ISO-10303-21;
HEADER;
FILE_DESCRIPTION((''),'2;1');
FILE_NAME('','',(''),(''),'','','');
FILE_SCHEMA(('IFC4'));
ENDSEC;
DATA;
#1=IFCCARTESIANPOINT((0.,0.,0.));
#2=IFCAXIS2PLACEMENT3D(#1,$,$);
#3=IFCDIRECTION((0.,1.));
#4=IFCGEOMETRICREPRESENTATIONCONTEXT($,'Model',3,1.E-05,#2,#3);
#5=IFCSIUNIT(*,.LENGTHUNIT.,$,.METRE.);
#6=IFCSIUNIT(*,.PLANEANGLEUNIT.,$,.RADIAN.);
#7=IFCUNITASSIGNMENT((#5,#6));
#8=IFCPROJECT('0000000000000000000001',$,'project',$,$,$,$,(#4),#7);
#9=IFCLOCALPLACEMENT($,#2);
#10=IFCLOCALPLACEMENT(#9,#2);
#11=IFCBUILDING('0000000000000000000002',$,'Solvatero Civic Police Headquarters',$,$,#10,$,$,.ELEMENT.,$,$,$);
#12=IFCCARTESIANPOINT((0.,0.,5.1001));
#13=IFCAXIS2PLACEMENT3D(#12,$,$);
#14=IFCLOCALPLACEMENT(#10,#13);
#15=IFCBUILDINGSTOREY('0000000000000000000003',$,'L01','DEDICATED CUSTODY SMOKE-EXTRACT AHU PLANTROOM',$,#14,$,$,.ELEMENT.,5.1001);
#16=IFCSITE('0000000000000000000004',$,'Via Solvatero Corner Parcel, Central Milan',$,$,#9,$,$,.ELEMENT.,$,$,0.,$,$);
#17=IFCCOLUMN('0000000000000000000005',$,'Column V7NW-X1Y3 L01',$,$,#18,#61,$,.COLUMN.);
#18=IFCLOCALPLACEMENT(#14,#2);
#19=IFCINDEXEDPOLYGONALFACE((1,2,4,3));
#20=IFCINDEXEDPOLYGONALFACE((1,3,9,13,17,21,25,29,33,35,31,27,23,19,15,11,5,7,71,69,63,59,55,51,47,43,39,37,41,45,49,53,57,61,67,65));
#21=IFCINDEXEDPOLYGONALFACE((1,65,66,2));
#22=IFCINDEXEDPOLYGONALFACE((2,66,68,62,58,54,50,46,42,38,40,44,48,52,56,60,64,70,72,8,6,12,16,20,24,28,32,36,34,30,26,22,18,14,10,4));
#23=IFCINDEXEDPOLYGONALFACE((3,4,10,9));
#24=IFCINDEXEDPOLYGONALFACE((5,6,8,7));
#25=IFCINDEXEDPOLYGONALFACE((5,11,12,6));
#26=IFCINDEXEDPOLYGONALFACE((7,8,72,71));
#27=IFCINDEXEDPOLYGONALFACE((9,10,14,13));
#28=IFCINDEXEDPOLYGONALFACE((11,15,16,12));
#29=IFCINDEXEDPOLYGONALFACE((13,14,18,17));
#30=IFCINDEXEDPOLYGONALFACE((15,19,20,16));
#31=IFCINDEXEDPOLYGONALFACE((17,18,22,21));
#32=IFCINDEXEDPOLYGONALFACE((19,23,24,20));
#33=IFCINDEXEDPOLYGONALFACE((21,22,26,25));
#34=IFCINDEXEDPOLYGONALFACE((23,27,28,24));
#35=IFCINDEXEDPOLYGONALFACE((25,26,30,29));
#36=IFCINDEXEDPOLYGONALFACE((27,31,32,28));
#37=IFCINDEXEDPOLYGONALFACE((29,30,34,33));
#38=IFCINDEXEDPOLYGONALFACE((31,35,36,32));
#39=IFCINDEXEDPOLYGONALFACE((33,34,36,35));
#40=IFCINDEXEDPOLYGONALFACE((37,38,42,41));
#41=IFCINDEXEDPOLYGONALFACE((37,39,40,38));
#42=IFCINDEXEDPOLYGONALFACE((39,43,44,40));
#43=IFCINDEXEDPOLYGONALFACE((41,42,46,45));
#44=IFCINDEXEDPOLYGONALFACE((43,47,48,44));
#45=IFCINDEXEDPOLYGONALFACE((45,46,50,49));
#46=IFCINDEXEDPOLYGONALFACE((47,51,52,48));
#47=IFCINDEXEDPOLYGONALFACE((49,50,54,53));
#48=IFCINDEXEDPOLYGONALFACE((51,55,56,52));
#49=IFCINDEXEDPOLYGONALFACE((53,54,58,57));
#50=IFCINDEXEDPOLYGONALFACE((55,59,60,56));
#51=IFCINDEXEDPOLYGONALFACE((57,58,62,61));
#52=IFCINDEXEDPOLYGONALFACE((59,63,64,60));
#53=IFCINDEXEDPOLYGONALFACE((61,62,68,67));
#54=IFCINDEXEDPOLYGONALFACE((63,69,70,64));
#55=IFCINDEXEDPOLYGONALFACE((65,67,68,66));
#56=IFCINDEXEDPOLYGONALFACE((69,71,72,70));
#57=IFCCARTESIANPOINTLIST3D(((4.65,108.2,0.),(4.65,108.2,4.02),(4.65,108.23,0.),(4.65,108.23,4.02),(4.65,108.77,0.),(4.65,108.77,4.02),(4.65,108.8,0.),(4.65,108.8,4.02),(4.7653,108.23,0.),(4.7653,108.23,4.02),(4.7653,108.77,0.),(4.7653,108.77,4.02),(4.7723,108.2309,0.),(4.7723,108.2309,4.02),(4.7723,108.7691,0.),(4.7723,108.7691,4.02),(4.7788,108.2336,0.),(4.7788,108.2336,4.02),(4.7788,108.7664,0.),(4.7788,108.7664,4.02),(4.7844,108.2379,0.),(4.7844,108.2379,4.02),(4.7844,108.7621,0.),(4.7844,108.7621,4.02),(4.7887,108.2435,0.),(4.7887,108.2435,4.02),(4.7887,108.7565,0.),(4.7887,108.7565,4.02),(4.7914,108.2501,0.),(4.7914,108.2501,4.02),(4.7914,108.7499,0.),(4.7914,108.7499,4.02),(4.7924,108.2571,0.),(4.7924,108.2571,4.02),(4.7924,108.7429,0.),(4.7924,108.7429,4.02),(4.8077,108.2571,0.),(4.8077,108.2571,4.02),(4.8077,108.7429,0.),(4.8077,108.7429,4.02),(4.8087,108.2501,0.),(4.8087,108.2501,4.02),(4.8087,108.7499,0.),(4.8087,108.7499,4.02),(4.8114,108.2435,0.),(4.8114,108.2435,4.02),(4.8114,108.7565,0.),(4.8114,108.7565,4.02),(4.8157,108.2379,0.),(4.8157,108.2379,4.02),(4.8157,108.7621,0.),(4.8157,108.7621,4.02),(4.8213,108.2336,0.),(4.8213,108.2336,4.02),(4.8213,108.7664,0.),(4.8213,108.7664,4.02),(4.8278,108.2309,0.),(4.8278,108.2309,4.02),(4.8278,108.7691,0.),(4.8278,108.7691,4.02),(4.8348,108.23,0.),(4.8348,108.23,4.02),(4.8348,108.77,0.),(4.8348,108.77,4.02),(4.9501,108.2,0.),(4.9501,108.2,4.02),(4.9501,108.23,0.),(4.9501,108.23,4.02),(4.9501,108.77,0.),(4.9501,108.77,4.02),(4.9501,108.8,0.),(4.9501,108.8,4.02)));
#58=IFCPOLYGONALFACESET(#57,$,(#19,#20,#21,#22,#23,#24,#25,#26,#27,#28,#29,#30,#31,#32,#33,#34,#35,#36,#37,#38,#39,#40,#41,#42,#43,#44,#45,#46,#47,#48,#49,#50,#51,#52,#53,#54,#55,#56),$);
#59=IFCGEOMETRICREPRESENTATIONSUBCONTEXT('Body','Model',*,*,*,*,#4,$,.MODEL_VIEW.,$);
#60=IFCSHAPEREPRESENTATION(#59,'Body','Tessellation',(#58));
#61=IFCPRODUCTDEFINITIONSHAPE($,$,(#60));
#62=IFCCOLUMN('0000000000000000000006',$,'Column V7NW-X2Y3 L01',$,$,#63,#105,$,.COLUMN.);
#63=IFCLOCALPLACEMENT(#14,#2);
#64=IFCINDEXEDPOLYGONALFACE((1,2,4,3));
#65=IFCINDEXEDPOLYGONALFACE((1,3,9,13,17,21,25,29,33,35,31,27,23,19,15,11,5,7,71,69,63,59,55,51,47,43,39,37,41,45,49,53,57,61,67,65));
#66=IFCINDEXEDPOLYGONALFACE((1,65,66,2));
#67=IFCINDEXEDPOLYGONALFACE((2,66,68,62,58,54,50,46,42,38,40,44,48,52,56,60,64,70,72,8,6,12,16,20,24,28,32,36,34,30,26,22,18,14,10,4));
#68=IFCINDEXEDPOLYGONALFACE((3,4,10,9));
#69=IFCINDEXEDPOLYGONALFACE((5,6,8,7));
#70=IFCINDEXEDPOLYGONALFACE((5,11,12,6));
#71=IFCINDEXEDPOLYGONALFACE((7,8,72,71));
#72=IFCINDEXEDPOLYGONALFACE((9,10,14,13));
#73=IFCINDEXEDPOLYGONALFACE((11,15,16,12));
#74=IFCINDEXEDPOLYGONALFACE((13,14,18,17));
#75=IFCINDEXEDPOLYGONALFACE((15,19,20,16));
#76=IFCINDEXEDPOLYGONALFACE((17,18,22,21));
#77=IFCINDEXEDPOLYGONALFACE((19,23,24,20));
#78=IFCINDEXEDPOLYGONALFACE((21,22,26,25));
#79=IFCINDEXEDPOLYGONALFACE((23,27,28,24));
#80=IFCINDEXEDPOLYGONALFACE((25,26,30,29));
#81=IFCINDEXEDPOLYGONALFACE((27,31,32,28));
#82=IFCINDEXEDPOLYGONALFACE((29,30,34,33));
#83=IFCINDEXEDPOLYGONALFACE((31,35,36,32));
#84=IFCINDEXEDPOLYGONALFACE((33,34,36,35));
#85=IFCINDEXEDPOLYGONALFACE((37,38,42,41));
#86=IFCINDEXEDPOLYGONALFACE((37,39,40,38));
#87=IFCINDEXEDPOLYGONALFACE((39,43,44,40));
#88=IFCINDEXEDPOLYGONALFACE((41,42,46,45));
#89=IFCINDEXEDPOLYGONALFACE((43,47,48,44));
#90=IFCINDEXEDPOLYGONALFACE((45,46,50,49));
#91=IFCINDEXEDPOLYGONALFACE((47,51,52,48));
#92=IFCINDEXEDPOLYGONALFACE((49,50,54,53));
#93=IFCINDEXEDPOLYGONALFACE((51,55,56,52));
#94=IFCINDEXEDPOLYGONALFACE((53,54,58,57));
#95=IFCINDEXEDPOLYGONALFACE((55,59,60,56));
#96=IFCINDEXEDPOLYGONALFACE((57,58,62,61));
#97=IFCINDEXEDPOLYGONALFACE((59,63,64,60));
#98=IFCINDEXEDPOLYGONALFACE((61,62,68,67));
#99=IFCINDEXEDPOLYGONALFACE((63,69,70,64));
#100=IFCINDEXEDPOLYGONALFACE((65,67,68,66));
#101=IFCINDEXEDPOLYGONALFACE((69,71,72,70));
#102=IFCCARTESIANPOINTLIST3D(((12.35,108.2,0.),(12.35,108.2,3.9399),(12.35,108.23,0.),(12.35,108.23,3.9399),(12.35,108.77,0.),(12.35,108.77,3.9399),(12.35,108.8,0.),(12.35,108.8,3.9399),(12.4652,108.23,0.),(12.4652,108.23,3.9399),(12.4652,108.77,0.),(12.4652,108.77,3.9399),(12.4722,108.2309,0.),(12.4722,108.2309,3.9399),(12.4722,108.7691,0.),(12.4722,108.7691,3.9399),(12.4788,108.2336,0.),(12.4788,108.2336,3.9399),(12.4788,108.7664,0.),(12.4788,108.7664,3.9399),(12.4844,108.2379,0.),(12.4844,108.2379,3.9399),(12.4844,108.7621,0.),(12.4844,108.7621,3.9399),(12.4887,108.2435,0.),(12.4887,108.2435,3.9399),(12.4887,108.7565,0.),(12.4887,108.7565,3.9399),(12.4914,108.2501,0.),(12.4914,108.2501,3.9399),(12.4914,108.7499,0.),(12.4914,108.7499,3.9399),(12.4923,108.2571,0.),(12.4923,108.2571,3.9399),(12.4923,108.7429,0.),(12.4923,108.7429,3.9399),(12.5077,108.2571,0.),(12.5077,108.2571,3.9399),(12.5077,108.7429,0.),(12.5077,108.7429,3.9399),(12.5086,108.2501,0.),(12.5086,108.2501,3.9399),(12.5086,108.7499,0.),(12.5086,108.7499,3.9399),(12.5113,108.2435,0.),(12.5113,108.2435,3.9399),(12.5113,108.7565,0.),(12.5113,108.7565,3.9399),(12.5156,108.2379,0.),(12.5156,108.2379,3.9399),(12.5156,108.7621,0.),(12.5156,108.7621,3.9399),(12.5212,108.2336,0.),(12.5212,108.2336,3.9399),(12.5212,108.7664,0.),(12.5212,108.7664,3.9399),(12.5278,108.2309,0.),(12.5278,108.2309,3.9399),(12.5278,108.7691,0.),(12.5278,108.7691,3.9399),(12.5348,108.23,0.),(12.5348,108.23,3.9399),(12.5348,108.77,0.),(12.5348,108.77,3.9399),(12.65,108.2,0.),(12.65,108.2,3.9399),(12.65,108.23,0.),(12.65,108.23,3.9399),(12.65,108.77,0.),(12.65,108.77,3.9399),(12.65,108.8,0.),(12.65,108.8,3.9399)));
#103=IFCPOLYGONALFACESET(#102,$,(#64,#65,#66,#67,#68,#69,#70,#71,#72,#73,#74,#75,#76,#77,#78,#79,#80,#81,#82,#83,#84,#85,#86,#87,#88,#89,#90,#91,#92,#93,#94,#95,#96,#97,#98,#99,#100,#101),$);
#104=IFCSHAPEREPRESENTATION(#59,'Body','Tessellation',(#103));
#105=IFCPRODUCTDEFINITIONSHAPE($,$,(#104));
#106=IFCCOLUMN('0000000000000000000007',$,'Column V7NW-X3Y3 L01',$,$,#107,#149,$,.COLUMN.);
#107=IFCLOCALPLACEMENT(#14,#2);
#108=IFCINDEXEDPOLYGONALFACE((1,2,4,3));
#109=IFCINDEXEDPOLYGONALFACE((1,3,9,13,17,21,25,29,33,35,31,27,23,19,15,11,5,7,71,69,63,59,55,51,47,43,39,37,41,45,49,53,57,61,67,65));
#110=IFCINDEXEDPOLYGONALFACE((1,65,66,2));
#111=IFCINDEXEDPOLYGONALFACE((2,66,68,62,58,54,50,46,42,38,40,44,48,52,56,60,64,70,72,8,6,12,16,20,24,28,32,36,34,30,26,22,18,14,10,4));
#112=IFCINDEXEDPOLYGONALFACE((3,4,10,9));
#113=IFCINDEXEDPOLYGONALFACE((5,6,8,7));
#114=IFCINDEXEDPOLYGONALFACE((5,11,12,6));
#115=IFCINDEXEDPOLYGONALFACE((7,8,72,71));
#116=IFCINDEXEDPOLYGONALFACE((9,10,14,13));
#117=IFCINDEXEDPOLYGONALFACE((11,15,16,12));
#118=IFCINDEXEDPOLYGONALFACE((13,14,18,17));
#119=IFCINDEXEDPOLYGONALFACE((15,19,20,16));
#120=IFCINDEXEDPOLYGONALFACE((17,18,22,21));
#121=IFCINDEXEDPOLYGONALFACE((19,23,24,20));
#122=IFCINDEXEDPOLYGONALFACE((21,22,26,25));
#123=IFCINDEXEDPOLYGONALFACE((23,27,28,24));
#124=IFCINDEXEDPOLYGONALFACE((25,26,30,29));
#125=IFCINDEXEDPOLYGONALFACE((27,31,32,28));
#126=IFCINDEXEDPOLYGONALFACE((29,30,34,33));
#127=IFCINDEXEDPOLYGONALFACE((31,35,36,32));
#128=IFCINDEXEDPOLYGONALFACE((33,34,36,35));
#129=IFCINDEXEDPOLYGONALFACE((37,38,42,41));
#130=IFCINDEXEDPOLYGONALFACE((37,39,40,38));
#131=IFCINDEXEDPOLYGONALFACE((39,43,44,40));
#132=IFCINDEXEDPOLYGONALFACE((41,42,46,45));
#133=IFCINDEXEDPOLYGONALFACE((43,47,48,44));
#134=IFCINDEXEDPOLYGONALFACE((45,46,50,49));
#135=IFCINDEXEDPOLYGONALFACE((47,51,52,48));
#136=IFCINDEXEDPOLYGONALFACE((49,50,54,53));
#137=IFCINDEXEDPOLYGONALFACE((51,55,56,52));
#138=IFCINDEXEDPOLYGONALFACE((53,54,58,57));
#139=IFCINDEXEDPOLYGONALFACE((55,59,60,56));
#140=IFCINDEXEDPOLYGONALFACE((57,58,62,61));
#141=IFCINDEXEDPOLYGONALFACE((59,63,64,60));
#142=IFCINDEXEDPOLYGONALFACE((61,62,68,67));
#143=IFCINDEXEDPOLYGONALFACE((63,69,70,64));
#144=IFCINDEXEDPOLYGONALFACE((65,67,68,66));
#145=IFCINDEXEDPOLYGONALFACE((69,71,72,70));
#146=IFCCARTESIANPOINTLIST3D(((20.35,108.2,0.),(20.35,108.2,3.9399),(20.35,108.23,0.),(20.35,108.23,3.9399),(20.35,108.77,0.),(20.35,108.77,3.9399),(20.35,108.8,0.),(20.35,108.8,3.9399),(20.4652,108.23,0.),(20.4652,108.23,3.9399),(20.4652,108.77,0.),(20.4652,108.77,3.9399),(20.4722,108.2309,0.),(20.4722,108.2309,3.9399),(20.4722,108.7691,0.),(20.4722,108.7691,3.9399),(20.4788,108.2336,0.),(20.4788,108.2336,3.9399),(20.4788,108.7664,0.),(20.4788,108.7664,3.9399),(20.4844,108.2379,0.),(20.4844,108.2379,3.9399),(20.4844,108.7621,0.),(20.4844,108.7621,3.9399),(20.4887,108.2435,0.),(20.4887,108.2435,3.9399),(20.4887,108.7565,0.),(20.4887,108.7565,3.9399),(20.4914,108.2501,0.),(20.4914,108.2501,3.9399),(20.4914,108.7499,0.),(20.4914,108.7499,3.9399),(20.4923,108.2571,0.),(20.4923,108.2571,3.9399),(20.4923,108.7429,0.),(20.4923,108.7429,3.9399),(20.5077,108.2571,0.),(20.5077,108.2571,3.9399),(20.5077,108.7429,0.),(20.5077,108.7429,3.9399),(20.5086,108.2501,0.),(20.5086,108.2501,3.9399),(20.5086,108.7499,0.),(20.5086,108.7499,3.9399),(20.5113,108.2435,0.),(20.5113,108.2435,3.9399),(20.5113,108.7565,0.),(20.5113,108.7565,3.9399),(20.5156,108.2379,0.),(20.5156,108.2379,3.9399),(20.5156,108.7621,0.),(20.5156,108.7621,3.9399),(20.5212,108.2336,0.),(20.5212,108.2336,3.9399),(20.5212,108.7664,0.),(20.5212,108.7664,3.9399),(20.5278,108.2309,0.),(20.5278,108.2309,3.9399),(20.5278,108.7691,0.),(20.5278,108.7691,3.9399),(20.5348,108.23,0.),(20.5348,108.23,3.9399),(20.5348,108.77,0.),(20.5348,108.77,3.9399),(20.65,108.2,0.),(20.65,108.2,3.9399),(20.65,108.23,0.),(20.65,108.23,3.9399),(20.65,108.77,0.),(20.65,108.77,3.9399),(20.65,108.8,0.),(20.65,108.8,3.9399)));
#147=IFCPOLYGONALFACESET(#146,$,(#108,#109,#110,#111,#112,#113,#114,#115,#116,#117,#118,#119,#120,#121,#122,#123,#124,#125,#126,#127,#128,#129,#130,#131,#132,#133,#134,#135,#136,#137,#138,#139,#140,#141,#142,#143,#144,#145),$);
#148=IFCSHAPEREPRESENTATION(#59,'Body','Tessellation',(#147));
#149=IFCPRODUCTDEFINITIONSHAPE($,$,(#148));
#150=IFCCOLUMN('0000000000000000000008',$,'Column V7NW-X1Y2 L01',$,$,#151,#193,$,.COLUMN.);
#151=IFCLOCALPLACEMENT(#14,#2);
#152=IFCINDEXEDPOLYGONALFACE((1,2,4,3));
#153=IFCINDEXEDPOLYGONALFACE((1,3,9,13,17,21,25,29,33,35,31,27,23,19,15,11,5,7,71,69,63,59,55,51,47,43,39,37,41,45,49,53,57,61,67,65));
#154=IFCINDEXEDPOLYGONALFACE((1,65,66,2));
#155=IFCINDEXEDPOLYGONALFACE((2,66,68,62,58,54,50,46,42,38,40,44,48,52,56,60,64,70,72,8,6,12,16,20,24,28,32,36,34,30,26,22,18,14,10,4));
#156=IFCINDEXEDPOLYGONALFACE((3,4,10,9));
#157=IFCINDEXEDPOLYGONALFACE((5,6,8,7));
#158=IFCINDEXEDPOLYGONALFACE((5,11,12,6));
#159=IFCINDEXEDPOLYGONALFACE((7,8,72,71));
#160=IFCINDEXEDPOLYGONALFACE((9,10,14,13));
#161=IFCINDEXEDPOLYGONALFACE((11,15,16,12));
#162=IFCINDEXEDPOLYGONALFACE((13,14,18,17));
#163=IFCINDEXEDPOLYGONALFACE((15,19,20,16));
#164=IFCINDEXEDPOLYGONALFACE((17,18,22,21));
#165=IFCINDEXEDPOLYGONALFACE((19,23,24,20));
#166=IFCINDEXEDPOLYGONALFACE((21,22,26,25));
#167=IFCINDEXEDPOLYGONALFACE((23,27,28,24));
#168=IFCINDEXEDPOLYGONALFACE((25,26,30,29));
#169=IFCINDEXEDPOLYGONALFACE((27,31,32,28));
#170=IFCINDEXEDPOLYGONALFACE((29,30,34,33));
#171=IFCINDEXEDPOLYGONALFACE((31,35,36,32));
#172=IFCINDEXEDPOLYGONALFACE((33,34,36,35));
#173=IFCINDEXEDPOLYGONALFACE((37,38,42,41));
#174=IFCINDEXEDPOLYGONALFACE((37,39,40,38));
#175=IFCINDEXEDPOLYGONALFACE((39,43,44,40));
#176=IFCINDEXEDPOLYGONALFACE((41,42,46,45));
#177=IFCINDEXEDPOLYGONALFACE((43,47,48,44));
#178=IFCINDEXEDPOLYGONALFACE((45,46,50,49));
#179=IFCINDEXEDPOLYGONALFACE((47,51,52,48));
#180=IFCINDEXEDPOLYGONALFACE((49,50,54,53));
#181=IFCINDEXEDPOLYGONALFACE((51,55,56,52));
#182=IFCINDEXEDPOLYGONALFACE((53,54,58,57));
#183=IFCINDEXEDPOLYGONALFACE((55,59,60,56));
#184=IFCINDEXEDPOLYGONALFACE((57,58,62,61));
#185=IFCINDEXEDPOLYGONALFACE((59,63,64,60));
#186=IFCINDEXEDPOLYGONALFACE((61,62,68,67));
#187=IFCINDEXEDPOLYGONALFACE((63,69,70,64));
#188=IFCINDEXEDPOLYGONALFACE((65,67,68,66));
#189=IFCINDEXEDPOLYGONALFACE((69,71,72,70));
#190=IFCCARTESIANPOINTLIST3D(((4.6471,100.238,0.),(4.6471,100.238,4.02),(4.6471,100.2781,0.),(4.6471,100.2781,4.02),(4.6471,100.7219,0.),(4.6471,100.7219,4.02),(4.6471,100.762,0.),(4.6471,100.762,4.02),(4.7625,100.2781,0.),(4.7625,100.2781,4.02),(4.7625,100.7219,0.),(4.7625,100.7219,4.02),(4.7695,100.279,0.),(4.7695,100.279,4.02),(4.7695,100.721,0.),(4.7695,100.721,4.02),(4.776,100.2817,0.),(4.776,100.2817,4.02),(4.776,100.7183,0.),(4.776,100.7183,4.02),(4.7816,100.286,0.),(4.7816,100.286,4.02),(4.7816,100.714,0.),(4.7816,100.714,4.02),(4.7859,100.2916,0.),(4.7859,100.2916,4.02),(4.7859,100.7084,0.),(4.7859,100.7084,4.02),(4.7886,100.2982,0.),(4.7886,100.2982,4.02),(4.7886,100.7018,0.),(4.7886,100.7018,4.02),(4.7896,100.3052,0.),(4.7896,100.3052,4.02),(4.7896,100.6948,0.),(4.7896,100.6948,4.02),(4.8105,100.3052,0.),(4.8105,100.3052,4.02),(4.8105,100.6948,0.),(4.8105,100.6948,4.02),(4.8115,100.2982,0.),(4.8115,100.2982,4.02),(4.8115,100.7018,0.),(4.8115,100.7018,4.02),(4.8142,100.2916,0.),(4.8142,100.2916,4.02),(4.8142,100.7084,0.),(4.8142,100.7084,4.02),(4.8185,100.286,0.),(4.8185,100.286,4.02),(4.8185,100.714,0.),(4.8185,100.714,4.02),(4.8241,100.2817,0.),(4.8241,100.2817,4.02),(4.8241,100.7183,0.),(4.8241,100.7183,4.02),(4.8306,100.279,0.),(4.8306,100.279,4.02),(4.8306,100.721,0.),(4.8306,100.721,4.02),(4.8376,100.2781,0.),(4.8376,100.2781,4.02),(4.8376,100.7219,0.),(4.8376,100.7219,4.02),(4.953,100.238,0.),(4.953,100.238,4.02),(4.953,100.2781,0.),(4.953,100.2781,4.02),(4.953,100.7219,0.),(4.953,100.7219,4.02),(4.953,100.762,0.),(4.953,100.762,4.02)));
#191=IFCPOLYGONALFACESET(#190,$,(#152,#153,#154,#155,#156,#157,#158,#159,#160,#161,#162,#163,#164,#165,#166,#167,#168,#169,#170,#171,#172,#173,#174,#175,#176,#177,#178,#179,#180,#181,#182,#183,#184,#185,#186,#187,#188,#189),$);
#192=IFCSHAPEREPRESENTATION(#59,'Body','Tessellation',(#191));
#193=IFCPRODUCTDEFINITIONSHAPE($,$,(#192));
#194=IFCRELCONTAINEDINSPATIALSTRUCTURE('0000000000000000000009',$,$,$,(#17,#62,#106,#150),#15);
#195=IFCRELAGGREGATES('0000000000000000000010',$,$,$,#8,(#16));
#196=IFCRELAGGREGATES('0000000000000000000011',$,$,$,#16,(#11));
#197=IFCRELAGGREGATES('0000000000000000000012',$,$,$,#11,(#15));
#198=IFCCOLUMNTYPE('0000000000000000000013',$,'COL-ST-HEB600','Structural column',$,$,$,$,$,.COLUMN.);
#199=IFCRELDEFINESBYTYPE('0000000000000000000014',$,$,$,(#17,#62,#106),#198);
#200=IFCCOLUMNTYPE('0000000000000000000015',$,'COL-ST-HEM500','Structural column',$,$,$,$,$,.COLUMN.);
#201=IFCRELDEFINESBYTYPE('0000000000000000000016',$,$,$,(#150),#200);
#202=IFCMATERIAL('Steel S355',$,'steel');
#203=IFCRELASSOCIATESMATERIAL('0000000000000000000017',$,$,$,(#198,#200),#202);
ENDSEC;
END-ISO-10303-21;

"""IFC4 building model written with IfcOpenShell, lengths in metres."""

from ifc_helpers import new_model, si_unit, direction, frame, origin, origin_2d, place, context, subcontext, project, spatial, i_section, extrude, material, material_profile, profile_set, type_object, element, save


model = new_model("IFC4")

# Units and contexts
model_context = context("Model", 3, precision=1e-05, world=origin(), true_north=direction((0.0, 1.0)))
body_context = subcontext(model_context, "Body", "Model", "MODEL_VIEW")
ifc_project = project(units=[si_unit("LENGTHUNIT", "METRE"), si_unit("PLANEANGLEUNIT", "RADIAN")], contexts=[model_context])

# Site, building, storey
site_placement = place(None, origin())
site = spatial("IfcSite", under=ifc_project, at=site_placement, Name="Via Solvatero Corner Parcel, Central Milan", CompositionType="ELEMENT", RefElevation=0.0)
building_placement = place(site_placement, origin())
building = spatial("IfcBuilding", under=site, at=building_placement, Name="Solvatero Civic Police Headquarters", CompositionType="ELEMENT")
storey_placement = place(building_placement, frame((0.0, 0.0, 5.1001)))
storey = spatial("IfcBuildingStorey", under=building, at=storey_placement, Name="L01", Description="DEDICATED CUSTODY SMOKE-EXTRACT AHU PLANTROOM", CompositionType="ELEMENT", Elevation=5.1001)

# Columns
ifc_material_1 = material(Name="Steel S355", Category="steel")
ifc_material_profile_1 = material_profile(ifc_material_1, i_section(OverallWidth=0.3, OverallDepth=0.6001, WebThickness=0.0154, FlangeThickness=0.03, FilletRadius=0.0271, at=origin_2d()), Name="HEB 600")
ifc_profile_set_1 = profile_set([ifc_material_profile_1], Name="Steel S355")
column_type_1 = type_object("IfcColumnType", Name="COL-ST-HEB600", Description="Structural column", PredefinedType="COLUMN", material=ifc_profile_set_1)
column_1_placement = place(storey_placement, frame((4.8, 108.5, 0.0), z_axis=(0.0, 0.0, 1.0), x_axis=(1.0, 0.0, 0.0)))
element("IfcColumn", 1, at=column_1_placement, inside=storey, type_object=column_type_1, Name="Column V7NW-X1Y3 L01", PredefinedType="COLUMN", context=body_context, shape_type="SweptSolid", body=[
    extrude(i_section(OverallWidth=0.3, OverallDepth=0.6001, WebThickness=0.0154, FlangeThickness=0.03, FilletRadius=0.0271, at=origin_2d()), origin(), (0.0, 0.0, 1.0), 4.02),
])
for number, where, z_axis, x_axis, name in (
    (2, (12.5, 108.5, 0.0), (0.0, 0.0, 1.0), (1.0, 0.0, 0.0), "Column V7NW-X2Y3 L01"),
    (3, (20.5, 108.5, 0.0), (0.0, 0.0, 1.0), (1.0, 0.0, 0.0), "Column V7NW-X3Y3 L01"),
):
    element("IfcColumn", number, at=place(storey_placement, frame(where, z_axis=z_axis, x_axis=x_axis)), inside=storey, type_object=column_type_1, Name=name, PredefinedType="COLUMN", context=body_context, shape_type="SweptSolid", body=[
        extrude(i_section(OverallWidth=0.3, OverallDepth=0.6001, WebThickness=0.0154, FlangeThickness=0.03, FilletRadius=0.0271, at=origin_2d()), origin(), (0.0, 0.0, 1.0), 3.9399),
    ])
ifc_material_profile_2 = material_profile(ifc_material_1, i_section(OverallWidth=0.3059, OverallDepth=0.5239, WebThickness=0.021, FlangeThickness=0.04, FilletRadius=0.0271, at=origin_2d()), Name="HEM 500")
ifc_profile_set_2 = profile_set([ifc_material_profile_2], Name="Steel S355")
column_type_2 = type_object("IfcColumnType", Name="COL-ST-HEM500", Description="Structural column", PredefinedType="COLUMN", material=ifc_profile_set_2)
column_2_placement = place(storey_placement, frame((4.8, 100.5, 0.0), z_axis=(0.0, 0.0, 1.0), x_axis=(1.0, 0.0, 0.0)))
element("IfcColumn", 4, at=column_2_placement, inside=storey, type_object=column_type_2, Name="Column V7NW-X1Y2 L01", PredefinedType="COLUMN", context=body_context, shape_type="SweptSolid", body=[
    extrude(i_section(OverallWidth=0.3059, OverallDepth=0.5239, WebThickness=0.021, FlangeThickness=0.04, FilletRadius=0.0271, at=origin_2d()), origin(), (0.0, 0.0, 1.0), 4.02),
])

save(model, "model.ifc")
